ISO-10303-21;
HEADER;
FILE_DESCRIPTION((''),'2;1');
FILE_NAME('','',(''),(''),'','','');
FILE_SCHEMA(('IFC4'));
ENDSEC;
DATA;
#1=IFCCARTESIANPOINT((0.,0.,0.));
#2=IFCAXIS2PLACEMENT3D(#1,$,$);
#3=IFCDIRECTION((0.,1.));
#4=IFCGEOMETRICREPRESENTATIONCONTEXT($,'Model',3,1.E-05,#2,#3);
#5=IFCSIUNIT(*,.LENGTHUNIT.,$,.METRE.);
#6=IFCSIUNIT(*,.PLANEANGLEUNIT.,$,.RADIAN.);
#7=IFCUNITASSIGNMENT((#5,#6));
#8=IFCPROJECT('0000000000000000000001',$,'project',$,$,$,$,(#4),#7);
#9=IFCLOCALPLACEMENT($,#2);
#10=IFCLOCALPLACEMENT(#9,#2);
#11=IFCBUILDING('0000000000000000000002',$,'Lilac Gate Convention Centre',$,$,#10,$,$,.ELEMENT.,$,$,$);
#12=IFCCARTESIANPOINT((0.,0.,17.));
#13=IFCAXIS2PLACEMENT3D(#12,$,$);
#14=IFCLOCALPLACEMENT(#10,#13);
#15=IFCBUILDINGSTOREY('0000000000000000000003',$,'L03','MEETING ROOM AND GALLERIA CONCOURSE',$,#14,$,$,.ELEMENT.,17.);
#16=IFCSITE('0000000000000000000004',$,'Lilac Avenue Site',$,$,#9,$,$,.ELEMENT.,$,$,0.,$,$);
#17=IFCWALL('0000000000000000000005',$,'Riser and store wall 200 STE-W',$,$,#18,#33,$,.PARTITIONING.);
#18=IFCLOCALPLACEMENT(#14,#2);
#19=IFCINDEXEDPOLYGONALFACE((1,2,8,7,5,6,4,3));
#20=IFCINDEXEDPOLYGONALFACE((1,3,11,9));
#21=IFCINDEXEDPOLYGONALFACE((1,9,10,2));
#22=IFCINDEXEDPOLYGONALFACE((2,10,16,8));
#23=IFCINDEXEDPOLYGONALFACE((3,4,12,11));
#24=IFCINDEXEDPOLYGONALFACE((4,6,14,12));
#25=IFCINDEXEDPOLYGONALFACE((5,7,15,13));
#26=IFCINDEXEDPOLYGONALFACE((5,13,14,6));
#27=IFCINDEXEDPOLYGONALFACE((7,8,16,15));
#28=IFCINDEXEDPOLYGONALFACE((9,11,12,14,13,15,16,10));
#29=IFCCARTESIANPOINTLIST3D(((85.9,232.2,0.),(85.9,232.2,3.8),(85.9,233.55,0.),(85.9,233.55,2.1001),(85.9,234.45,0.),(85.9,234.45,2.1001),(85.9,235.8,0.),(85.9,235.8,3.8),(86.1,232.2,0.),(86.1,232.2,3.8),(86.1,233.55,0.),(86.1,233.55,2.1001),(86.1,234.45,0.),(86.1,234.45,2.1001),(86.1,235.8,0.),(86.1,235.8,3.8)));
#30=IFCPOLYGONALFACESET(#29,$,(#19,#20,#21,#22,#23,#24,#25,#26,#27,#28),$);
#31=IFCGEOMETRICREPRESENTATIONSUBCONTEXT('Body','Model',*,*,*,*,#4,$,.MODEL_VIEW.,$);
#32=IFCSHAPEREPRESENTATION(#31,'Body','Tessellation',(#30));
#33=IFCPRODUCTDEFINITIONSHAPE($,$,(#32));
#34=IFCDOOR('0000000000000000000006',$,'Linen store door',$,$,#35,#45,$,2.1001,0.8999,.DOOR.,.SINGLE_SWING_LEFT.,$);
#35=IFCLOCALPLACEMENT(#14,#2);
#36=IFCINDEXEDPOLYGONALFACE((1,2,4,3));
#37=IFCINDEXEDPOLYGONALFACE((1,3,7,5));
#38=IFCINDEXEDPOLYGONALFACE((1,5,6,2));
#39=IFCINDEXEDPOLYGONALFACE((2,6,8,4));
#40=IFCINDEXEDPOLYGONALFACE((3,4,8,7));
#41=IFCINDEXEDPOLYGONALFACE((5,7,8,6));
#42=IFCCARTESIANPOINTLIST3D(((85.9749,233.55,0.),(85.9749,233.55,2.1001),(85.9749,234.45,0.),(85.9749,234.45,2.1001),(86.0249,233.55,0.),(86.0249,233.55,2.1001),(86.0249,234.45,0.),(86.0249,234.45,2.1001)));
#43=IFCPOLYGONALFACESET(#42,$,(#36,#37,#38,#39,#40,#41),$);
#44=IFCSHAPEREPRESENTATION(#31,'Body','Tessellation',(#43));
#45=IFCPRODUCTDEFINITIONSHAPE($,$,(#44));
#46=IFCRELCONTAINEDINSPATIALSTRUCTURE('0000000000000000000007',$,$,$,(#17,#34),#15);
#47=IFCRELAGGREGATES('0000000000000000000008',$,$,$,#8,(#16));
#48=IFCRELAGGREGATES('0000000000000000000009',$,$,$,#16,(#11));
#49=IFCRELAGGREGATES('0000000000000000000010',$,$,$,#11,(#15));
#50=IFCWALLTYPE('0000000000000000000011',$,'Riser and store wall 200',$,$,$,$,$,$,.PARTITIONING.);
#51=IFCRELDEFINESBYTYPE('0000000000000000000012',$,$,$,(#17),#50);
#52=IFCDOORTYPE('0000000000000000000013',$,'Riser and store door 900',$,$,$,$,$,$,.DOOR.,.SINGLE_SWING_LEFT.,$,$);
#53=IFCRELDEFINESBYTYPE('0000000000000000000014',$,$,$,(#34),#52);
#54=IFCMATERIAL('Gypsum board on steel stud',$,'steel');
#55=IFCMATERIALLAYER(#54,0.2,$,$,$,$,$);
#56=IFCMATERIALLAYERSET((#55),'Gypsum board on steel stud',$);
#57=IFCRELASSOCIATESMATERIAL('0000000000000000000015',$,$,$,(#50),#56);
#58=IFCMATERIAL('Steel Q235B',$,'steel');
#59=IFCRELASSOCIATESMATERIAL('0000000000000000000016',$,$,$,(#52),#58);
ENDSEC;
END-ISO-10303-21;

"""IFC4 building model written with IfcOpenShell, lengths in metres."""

from ifc_helpers import new_model, si_unit, direction, frame, frame_2d, origin, place, context, subcontext, project, spatial, rectangle, extrude, material, layer, layer_set, type_object, element, fill, save


model = new_model("IFC4")

# Units and contexts
model_context = context("Model", 3, precision=1e-05, world=origin(), true_north=direction((0.0, 1.0)))
body_context = subcontext(model_context, "Body", "Model", "MODEL_VIEW")
ifc_project = project(units=[si_unit("LENGTHUNIT", "METRE"), si_unit("PLANEANGLEUNIT", "RADIAN")], contexts=[model_context])

# Site, building, storey
site_placement = place(None, origin())
site = spatial("IfcSite", under=ifc_project, at=site_placement, Name="Lilac Avenue Site", CompositionType="ELEMENT", RefElevation=0.0)
building_placement = place(site_placement, origin())
building = spatial("IfcBuilding", under=site, at=building_placement, Name="Lilac Gate Convention Centre", CompositionType="ELEMENT")
storey_placement = place(building_placement, frame((0.0, 0.0, 17.0)))
storey = spatial("IfcBuildingStorey", under=building, at=storey_placement, Name="L03", Description="MEETING ROOM AND GALLERIA CONCOURSE", CompositionType="ELEMENT", Elevation=17.0)

# Shared definitions
ifc_material_1 = material(Name="Gypsum board on steel stud", Category="steel")
ifc_material_2 = material(Name="Steel Q235B", Category="steel")

# Shared definitions
ifc_layer_1 = layer(ifc_material_1, 0.2)
ifc_layer_set_1 = layer_set([ifc_layer_1], Name="Gypsum board on steel stud")
wall_type_1 = type_object("IfcWallType", Name="Riser and store wall 200", PredefinedType="PARTITIONING", material=ifc_layer_set_1)

# Wall, opening, door
wall_1_placement = place(storey_placement, frame((86.0, 235.8, 0.0), z_axis=(0.0, 0.0, 1.0), x_axis=(0.0, -1.0, 0.0)))
wall_1 = element("IfcWall", 1, at=wall_1_placement, inside=storey, type_object=wall_type_1, Name="Riser and store wall 200 STE-W", PredefinedType="PARTITIONING", context=body_context, shape_type="SweptSolid", body=[
    extrude(rectangle(XDim=3.6001, YDim=0.2, at=frame_2d((1.8, 0.0))), origin(), (0.0, 0.0, 1.0), 3.8),
])
opening_1_placement = place(wall_1_placement, frame((1.3501, 0.0, 0.0)))
opening_1 = element("IfcOpeningElement", 2, at=opening_1_placement, cuts=wall_1, PredefinedType="OPENING", context=body_context, shape_type="SweptSolid", body=[
    extrude(rectangle(XDim=0.8999, YDim=2.1001, at=frame_2d((0.45, 1.05))), frame((0.0, 0.1099, 0.0), z_axis=(0.0, -1.0, 0.0), x_axis=(1.0, 0.0, 0.0)), (0.0, 0.0, 1.0), 0.22),
])
door_type_1 = type_object("IfcDoorType", Name="Riser and store door 900", OperationType="SINGLE_SWING_LEFT", PredefinedType="DOOR", material=ifc_material_2)
door_1_placement = place(opening_1_placement, origin())
door_1 = element("IfcDoor", 3, at=door_1_placement, inside=storey, type_object=door_type_1, Name="Linen store door", OperationType="SINGLE_SWING_LEFT", OverallHeight=2.1001, OverallWidth=0.8999, PredefinedType="DOOR", context=body_context, shape_type="SweptSolid", body=[
    extrude(rectangle(XDim=0.8999, YDim=2.1001, at=frame_2d((0.45, 1.05))), frame((0.0, 0.0249, 0.0), z_axis=(0.0, -1.0, 0.0), x_axis=(1.0, 0.0, 0.0)), (0.0, 0.0, 1.0), 0.05),
])
fill(opening_1, door_1)

save(model, "model.ifc")
